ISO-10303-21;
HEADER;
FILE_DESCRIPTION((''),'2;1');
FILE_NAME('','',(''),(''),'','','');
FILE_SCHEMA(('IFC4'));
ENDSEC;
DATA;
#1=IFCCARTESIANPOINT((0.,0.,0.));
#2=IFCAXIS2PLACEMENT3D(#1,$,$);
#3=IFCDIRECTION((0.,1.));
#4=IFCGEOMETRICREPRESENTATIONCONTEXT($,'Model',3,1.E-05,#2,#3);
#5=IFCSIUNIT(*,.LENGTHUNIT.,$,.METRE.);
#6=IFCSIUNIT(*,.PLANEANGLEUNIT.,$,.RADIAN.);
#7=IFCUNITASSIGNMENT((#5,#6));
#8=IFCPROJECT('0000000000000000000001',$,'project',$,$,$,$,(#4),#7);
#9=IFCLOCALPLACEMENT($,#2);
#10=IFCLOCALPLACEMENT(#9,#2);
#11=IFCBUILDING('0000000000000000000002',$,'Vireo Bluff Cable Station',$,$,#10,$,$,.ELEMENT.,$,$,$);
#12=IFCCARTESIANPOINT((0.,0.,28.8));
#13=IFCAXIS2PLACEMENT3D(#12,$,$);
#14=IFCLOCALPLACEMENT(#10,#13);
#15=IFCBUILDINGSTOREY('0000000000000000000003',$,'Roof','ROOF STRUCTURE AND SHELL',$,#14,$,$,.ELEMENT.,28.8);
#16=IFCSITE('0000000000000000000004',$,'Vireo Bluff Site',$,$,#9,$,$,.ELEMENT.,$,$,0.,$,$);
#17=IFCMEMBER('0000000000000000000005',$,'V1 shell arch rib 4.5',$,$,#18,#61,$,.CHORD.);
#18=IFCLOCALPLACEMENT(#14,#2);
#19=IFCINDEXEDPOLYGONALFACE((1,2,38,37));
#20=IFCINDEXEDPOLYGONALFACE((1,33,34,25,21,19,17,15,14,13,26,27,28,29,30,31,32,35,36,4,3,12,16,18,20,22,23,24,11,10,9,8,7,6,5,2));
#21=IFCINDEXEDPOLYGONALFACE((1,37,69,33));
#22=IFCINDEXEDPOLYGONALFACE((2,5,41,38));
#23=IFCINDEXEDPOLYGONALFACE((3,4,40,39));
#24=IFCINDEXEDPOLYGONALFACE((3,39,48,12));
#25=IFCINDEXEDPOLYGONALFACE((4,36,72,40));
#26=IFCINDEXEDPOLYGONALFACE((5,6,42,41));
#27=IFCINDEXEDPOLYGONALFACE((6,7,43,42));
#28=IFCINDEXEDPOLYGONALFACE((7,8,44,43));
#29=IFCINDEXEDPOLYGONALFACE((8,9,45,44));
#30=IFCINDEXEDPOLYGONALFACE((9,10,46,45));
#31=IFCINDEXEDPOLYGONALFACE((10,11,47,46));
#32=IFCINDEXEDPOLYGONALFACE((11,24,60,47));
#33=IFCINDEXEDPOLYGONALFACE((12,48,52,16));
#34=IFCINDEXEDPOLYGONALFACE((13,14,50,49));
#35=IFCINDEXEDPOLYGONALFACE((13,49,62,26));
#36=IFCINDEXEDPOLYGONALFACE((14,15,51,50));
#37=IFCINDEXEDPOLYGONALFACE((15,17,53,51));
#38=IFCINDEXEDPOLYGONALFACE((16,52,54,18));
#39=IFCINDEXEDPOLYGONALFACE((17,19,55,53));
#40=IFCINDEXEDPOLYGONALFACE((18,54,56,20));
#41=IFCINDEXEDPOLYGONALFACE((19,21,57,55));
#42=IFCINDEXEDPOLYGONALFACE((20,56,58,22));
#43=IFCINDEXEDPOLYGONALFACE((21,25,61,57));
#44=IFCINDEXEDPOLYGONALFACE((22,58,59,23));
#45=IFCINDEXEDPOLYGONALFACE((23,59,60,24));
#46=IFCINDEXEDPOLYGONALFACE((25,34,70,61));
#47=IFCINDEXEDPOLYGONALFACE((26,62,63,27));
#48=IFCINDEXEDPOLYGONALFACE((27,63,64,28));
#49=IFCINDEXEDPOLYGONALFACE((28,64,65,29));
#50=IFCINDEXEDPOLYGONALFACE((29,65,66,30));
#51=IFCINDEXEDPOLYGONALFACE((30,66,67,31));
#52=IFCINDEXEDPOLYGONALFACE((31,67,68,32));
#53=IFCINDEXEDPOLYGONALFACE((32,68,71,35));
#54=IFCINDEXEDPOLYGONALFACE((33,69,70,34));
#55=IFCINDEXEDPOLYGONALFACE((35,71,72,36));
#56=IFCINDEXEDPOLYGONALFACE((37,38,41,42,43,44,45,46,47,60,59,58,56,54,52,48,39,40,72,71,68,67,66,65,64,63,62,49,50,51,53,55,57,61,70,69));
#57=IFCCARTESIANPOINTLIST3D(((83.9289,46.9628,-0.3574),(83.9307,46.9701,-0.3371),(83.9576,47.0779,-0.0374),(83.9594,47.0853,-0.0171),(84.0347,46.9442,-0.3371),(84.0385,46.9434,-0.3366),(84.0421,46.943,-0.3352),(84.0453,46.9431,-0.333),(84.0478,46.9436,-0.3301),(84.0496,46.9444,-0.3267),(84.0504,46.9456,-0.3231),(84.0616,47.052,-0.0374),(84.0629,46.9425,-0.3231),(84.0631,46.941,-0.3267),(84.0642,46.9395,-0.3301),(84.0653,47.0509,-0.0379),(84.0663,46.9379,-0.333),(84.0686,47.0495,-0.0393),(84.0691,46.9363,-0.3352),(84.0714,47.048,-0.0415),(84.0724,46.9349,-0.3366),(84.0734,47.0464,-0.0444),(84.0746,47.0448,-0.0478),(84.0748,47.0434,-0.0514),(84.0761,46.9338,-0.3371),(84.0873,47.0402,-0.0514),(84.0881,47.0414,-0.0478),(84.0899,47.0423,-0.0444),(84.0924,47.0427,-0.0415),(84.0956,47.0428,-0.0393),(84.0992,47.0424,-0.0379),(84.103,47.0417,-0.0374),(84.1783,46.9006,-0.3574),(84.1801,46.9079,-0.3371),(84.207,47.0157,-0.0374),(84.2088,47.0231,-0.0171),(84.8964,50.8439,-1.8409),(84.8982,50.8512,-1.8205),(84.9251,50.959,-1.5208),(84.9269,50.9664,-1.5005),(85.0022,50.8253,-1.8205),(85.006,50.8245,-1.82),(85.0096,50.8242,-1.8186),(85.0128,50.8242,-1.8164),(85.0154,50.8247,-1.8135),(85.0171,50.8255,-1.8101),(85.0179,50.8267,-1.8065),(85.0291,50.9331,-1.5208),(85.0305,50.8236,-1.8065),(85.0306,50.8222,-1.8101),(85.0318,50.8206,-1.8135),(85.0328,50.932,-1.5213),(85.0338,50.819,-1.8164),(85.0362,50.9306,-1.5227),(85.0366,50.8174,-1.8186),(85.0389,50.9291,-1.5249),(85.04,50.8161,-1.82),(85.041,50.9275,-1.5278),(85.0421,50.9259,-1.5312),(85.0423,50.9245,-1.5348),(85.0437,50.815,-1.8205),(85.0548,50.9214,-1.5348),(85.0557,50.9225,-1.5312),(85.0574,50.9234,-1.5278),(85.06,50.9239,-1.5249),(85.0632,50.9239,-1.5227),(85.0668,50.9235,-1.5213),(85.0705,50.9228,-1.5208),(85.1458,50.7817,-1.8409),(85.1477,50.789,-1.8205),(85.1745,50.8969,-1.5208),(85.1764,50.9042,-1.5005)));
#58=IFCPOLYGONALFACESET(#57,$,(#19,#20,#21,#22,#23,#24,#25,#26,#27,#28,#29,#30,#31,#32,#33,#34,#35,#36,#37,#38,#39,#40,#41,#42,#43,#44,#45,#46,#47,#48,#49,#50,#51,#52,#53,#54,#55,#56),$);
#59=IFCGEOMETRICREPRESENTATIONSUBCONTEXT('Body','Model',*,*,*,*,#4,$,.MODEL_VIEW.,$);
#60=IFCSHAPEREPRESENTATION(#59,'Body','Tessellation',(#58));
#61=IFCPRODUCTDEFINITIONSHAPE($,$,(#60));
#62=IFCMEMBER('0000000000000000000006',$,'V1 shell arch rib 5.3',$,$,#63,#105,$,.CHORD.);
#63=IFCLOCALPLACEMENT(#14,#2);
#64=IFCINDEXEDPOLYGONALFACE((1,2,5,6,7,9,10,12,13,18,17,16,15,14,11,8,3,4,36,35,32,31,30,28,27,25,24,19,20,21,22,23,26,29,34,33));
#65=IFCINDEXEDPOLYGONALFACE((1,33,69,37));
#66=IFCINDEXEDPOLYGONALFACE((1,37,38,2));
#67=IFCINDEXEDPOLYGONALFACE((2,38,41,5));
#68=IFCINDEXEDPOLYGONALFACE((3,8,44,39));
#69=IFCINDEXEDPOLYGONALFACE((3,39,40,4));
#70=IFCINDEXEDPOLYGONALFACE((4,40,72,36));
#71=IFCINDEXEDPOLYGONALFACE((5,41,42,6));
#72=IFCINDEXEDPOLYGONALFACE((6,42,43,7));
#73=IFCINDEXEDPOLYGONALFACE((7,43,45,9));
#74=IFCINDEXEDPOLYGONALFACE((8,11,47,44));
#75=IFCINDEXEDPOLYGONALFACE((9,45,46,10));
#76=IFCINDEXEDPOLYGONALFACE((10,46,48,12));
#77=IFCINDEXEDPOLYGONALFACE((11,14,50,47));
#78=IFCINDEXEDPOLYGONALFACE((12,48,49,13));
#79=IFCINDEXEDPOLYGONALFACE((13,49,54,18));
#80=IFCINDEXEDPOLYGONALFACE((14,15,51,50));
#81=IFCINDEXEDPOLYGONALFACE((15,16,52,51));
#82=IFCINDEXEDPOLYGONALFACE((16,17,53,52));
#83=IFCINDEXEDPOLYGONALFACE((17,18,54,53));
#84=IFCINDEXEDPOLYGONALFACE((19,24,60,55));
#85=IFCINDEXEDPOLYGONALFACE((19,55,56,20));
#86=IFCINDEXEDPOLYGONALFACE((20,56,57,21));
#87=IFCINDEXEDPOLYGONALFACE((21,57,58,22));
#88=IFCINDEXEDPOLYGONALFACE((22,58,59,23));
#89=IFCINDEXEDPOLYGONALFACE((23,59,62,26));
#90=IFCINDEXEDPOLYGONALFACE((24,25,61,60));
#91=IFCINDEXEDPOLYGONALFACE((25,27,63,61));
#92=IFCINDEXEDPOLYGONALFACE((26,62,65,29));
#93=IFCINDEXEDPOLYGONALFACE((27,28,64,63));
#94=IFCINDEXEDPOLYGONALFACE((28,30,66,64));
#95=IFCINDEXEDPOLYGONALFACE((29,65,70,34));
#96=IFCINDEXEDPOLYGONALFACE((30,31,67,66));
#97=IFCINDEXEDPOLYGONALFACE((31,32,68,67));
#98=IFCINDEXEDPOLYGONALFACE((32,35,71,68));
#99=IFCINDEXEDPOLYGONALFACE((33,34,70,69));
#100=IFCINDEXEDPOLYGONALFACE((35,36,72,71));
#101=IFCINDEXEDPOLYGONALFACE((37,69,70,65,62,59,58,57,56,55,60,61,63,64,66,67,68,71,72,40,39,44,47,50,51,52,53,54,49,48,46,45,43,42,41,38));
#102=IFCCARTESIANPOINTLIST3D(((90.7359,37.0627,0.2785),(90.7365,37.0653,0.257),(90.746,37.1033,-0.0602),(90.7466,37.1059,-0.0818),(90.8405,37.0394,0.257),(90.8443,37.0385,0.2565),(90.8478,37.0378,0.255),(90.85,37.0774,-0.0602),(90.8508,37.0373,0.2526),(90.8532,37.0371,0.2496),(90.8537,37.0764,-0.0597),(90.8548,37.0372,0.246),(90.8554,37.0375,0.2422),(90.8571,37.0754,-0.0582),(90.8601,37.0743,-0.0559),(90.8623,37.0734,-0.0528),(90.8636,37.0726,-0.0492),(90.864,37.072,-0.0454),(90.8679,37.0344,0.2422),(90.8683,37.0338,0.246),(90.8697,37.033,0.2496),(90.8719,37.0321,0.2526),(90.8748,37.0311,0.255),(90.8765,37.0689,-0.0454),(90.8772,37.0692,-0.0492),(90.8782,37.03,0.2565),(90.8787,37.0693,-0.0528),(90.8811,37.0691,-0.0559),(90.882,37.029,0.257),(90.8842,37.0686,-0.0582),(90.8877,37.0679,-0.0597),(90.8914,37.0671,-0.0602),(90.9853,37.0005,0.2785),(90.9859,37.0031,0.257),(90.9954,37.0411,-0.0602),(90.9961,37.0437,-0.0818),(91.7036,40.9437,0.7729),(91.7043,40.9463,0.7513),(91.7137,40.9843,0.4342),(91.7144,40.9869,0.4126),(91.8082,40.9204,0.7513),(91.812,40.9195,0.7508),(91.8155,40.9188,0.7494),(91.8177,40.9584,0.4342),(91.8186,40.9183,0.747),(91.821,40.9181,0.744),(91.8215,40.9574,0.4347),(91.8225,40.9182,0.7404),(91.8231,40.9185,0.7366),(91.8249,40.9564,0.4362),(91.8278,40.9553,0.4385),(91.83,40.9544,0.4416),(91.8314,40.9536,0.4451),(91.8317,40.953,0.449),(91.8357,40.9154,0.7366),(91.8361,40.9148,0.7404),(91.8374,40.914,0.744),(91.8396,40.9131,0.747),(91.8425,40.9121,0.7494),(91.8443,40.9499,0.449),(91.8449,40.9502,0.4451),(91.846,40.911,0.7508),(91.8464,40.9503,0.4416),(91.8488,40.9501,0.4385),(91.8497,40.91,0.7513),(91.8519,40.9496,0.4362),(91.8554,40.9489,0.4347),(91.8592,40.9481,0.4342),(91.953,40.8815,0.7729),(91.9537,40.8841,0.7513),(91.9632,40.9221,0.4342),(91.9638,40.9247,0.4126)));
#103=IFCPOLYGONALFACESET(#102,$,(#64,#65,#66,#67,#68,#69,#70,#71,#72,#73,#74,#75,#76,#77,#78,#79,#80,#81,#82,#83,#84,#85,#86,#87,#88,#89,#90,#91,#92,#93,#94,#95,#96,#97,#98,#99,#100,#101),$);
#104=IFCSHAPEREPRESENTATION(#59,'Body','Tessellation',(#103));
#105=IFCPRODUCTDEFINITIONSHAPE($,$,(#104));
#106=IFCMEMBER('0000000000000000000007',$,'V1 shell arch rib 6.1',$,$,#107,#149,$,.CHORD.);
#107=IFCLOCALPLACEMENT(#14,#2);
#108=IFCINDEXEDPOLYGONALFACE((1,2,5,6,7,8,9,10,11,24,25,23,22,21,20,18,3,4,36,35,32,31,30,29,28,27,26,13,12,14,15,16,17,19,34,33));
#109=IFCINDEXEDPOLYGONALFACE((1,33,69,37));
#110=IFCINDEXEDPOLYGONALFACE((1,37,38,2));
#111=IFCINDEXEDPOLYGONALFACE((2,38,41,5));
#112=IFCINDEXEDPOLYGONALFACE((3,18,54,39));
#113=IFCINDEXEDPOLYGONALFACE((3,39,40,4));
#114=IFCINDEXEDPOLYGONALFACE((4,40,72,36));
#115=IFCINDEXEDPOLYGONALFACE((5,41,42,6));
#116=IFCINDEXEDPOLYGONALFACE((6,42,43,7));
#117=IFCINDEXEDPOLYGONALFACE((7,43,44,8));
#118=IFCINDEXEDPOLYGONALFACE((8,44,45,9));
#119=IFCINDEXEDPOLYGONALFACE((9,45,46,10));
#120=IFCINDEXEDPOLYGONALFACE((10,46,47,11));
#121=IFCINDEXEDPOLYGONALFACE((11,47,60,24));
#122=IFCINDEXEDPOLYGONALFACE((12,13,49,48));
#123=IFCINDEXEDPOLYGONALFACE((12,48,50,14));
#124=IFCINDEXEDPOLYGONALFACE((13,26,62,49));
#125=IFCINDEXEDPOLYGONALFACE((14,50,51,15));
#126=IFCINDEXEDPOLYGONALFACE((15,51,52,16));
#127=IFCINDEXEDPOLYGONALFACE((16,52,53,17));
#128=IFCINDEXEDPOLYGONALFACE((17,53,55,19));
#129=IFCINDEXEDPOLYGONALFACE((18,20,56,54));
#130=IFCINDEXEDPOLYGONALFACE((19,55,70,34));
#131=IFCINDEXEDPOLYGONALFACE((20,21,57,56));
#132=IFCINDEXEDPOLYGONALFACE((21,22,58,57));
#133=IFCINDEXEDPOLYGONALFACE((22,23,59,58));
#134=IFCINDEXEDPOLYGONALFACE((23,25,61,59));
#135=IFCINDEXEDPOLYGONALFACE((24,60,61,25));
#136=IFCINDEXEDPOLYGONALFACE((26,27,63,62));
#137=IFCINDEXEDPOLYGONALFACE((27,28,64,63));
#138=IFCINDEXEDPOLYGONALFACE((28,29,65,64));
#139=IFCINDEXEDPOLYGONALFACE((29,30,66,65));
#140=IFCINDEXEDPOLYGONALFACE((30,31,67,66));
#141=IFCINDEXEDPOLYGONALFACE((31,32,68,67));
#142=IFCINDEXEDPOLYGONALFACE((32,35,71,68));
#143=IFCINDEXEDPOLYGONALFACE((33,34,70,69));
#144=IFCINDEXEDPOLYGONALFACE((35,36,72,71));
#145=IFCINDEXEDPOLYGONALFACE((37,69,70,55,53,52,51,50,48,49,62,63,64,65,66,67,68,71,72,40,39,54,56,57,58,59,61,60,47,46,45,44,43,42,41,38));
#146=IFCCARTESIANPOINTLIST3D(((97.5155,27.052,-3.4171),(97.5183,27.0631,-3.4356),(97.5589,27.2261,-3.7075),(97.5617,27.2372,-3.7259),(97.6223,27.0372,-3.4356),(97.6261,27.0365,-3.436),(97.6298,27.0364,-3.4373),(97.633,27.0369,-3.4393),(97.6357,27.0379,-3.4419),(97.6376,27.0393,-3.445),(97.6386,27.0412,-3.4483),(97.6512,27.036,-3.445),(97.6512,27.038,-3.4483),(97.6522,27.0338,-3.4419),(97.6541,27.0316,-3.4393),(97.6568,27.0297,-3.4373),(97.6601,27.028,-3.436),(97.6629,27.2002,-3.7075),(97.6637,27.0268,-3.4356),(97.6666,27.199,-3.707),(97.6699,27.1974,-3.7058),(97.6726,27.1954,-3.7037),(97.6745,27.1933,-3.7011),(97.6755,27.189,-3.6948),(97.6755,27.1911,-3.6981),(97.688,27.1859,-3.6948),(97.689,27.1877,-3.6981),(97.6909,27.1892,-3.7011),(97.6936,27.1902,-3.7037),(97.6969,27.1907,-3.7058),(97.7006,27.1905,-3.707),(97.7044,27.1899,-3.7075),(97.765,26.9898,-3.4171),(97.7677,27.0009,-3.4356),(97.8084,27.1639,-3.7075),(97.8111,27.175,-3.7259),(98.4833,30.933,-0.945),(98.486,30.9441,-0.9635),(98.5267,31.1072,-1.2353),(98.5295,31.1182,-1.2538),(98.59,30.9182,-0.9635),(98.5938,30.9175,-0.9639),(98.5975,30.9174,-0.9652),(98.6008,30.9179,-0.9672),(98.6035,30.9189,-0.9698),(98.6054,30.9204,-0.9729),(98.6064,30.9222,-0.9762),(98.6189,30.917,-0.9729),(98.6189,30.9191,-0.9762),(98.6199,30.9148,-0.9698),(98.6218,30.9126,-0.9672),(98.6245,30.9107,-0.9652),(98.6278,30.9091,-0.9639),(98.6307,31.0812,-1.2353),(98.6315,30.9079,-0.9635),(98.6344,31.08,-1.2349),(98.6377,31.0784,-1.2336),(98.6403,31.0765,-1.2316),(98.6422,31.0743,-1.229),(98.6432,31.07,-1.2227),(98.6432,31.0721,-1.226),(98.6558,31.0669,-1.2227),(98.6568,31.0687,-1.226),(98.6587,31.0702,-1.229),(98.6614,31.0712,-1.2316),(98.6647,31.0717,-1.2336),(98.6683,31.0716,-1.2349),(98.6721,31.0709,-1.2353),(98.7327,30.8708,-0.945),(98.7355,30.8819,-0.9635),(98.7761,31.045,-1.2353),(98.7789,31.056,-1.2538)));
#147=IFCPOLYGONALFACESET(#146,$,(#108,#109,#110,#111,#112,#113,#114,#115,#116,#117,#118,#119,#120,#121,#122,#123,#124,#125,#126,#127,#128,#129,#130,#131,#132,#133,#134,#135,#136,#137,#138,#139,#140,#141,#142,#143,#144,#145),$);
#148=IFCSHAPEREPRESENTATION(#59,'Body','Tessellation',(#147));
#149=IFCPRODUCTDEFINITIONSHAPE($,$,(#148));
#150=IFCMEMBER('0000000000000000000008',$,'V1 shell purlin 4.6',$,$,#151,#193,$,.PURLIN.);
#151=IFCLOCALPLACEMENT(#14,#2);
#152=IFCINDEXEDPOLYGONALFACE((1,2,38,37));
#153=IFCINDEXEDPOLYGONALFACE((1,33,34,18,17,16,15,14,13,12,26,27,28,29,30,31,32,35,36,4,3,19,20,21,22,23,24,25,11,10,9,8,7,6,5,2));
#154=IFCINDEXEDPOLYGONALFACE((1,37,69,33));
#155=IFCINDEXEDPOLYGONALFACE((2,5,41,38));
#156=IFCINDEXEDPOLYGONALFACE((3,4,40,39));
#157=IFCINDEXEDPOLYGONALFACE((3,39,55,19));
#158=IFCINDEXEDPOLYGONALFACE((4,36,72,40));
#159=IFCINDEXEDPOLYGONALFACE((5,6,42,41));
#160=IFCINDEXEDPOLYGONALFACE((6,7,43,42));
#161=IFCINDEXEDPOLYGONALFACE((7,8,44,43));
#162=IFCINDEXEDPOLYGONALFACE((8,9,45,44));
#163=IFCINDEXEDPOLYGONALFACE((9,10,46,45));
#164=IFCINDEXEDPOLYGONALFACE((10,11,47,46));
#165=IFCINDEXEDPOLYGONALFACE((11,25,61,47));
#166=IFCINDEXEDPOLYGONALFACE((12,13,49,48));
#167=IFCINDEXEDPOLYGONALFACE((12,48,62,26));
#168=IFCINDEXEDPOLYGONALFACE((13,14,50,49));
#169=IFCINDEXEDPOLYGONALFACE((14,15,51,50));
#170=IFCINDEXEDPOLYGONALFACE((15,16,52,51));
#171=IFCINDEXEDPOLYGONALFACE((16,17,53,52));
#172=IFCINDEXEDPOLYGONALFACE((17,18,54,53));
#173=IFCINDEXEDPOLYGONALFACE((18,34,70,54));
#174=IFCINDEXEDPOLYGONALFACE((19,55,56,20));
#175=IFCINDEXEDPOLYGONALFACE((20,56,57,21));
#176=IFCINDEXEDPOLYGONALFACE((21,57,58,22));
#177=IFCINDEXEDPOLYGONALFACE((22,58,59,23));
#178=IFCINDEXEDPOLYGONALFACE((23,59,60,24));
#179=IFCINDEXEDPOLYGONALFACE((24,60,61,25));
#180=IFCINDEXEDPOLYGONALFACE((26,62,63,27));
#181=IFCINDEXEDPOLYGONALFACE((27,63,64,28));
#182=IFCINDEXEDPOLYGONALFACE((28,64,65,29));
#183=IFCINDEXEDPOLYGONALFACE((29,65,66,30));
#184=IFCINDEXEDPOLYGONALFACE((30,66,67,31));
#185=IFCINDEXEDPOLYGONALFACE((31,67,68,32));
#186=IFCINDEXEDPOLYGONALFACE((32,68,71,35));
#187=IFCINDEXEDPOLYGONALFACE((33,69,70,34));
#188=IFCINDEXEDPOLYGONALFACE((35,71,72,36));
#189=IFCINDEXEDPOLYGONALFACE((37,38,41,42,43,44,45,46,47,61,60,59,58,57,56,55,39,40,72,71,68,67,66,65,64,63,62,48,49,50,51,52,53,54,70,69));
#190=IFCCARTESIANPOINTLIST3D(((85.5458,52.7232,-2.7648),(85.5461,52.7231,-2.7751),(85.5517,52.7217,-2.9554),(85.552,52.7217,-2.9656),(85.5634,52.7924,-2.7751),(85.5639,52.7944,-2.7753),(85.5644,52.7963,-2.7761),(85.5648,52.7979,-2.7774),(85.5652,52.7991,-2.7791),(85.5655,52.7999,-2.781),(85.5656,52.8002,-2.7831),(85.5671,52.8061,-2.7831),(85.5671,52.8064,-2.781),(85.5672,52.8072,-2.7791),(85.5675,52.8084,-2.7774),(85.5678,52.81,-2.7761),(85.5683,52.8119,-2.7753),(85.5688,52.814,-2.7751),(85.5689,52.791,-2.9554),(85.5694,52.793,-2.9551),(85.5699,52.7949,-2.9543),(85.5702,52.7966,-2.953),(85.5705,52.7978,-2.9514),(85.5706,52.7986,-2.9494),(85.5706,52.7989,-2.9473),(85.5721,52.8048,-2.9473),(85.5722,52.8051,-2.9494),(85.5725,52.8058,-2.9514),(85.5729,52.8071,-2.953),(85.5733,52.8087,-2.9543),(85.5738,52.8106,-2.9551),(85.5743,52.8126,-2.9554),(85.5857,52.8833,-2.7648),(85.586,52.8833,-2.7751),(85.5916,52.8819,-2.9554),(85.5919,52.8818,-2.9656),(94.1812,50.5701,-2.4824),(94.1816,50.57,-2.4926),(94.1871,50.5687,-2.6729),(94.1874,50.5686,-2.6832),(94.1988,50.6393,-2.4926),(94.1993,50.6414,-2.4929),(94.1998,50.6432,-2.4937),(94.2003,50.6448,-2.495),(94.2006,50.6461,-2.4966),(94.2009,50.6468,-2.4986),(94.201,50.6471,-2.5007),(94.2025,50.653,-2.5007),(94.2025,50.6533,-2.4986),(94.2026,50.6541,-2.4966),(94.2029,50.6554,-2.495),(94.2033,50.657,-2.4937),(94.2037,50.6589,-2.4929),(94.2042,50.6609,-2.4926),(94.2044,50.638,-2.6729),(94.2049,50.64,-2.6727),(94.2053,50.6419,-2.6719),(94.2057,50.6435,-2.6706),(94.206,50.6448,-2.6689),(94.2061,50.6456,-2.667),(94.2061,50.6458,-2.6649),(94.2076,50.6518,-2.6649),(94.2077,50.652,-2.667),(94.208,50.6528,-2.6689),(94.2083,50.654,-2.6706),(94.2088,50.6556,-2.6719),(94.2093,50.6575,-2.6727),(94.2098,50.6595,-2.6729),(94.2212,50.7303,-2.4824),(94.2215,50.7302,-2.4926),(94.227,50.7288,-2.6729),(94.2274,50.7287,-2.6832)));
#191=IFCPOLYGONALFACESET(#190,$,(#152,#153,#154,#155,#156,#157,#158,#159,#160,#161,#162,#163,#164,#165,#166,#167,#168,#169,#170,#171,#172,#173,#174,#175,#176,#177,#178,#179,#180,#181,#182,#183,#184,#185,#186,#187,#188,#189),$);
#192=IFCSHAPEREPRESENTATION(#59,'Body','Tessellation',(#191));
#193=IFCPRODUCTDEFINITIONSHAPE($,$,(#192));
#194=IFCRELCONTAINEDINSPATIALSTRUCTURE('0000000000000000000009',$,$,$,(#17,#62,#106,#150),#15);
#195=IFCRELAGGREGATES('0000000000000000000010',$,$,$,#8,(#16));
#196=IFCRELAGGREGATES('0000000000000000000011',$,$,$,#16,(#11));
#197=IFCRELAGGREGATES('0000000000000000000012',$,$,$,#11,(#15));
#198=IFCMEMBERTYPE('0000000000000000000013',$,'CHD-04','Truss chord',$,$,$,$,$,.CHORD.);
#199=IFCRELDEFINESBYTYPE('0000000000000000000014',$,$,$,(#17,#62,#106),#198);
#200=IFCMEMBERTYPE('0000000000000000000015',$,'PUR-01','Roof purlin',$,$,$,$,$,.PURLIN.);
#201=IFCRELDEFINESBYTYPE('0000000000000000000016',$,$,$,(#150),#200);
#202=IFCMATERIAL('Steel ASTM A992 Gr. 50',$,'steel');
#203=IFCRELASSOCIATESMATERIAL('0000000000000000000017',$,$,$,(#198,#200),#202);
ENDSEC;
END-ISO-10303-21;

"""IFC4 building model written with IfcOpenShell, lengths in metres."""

from ifc_helpers import new_model, si_unit, direction, frame, origin, origin_2d, place, context, subcontext, project, spatial, i_section, extrude, material, material_profile, profile_set, type_object, element, save


model = new_model("IFC4")

# Units and contexts
model_context = context("Model", 3, precision=1e-05, world=origin(), true_north=direction((0.0, 1.0)))
body_context = subcontext(model_context, "Body", "Model", "MODEL_VIEW")
ifc_project = project(units=[si_unit("LENGTHUNIT", "METRE"), si_unit("PLANEANGLEUNIT", "RADIAN")], contexts=[model_context])

# Site, building, storey
site_placement = place(None, origin())
site = spatial("IfcSite", under=ifc_project, at=site_placement, Name="Vireo Bluff Site", CompositionType="ELEMENT", RefElevation=0.0)
building_placement = place(site_placement, origin())
building = spatial("IfcBuilding", under=site, at=building_placement, Name="Vireo Bluff Cable Station", CompositionType="ELEMENT")
storey_placement = place(building_placement, frame((0.0, 0.0, 28.8)))
storey = spatial("IfcBuildingStorey", under=building, at=storey_placement, Name="Roof", Description="ROOF STRUCTURE AND SHELL", CompositionType="ELEMENT", Elevation=28.8)

# Members
ifc_material_1 = material(Name="Steel ASTM A992 Gr. 50", Category="steel")
ifc_material_profile_1 = material_profile(ifc_material_1, i_section(OverallWidth=0.2571, OverallDepth=0.363, WebThickness=0.0129, FlangeThickness=0.0217, FilletRadius=0.0149, at=origin_2d()), Name="W14X82")
ifc_profile_set_1 = profile_set([ifc_material_profile_1], Name="Steel ASTM A992 Gr. 50")
member_type_1 = type_object("IfcMemberType", Name="CHD-04", Description="Truss chord", PredefinedType="CHORD", material=ifc_profile_set_1)
member_1_placement = place(storey_placement, frame((84.0688, 46.9929, -0.1873), z_axis=(0.226795, 0.909756, -0.347718), x_axis=(-0.970304, 0.241889, 0.0)))
element("IfcMember", 1, at=member_1_placement, inside=storey, type_object=member_type_1, Name="V1 shell arch rib 4.5", PredefinedType="CHORD", context=body_context, shape_type="SweptSolid", body=[
    extrude(i_section(OverallWidth=0.2571, OverallDepth=0.363, WebThickness=0.0129, FlangeThickness=0.0217, FilletRadius=0.0149, at=origin_2d()), origin(), (0.0, 0.0, 1.0), 4.2661),
])
member_2_placement = place(storey_placement, frame((90.866, 37.0532, 0.0984), z_axis=(0.24012, 0.962962, 0.122665), x_axis=(-0.97029, 0.241947, 0.0)))
element("IfcMember", 2, at=member_2_placement, inside=storey, type_object=member_type_1, Name="V1 shell arch rib 5.3", PredefinedType="CHORD", context=body_context, shape_type="SweptSolid", body=[
    extrude(i_section(OverallWidth=0.2571, OverallDepth=0.363, WebThickness=0.0129, FlangeThickness=0.0217, FilletRadius=0.0149, at=origin_2d()), origin(), (0.0, 0.0, 1.0), 4.0303),
])
member_3_placement = place(storey_placement, frame((97.6633, 27.1135, -3.5715), z_axis=(0.205811, 0.825371, 0.525741), x_axis=(-0.97029, 0.241947, 0.0)))
element("IfcMember", 3, at=member_3_placement, inside=storey, type_object=member_type_1, Name="V1 shell arch rib 6.1", PredefinedType="CHORD", context=body_context, shape_type="SweptSolid", body=[
    extrude(i_section(OverallWidth=0.2571, OverallDepth=0.363, WebThickness=0.0129, FlangeThickness=0.0217, FilletRadius=0.0149, at=origin_2d()), origin(), (0.0, 0.0, 1.0), 4.7021),
])
ifc_material_profile_2 = material_profile(ifc_material_1, i_section(OverallWidth=0.165, OverallDepth=0.2009, WebThickness=0.0061, FlangeThickness=0.0103, FilletRadius=0.0081, at=origin_2d()), Name="W8X24")
ifc_profile_set_2 = profile_set([ifc_material_profile_2], Name="Steel ASTM A992 Gr. 50")
member_type_2 = type_object("IfcMemberType", Name="PUR-01", Description="Roof purlin", PredefinedType="PURLIN", material=ifc_profile_set_2)
member_4_placement = place(storey_placement, frame((85.5688, 52.8025, -2.8652), z_axis=(0.969807, -0.241801, 0.031723), x_axis=(0.241922, 0.970296, 0.0)))
element("IfcMember", 4, at=member_4_placement, inside=storey, type_object=member_type_2, Name="V1 shell purlin 4.6", PredefinedType="PURLIN", context=body_context, shape_type="SweptSolid", body=[
    extrude(i_section(OverallWidth=0.165, OverallDepth=0.2009, WebThickness=0.0061, FlangeThickness=0.0103, FilletRadius=0.0081, at=origin_2d()), origin(), (0.0, 0.0, 1.0), 8.9043),
])

save(model, "model.ifc")
